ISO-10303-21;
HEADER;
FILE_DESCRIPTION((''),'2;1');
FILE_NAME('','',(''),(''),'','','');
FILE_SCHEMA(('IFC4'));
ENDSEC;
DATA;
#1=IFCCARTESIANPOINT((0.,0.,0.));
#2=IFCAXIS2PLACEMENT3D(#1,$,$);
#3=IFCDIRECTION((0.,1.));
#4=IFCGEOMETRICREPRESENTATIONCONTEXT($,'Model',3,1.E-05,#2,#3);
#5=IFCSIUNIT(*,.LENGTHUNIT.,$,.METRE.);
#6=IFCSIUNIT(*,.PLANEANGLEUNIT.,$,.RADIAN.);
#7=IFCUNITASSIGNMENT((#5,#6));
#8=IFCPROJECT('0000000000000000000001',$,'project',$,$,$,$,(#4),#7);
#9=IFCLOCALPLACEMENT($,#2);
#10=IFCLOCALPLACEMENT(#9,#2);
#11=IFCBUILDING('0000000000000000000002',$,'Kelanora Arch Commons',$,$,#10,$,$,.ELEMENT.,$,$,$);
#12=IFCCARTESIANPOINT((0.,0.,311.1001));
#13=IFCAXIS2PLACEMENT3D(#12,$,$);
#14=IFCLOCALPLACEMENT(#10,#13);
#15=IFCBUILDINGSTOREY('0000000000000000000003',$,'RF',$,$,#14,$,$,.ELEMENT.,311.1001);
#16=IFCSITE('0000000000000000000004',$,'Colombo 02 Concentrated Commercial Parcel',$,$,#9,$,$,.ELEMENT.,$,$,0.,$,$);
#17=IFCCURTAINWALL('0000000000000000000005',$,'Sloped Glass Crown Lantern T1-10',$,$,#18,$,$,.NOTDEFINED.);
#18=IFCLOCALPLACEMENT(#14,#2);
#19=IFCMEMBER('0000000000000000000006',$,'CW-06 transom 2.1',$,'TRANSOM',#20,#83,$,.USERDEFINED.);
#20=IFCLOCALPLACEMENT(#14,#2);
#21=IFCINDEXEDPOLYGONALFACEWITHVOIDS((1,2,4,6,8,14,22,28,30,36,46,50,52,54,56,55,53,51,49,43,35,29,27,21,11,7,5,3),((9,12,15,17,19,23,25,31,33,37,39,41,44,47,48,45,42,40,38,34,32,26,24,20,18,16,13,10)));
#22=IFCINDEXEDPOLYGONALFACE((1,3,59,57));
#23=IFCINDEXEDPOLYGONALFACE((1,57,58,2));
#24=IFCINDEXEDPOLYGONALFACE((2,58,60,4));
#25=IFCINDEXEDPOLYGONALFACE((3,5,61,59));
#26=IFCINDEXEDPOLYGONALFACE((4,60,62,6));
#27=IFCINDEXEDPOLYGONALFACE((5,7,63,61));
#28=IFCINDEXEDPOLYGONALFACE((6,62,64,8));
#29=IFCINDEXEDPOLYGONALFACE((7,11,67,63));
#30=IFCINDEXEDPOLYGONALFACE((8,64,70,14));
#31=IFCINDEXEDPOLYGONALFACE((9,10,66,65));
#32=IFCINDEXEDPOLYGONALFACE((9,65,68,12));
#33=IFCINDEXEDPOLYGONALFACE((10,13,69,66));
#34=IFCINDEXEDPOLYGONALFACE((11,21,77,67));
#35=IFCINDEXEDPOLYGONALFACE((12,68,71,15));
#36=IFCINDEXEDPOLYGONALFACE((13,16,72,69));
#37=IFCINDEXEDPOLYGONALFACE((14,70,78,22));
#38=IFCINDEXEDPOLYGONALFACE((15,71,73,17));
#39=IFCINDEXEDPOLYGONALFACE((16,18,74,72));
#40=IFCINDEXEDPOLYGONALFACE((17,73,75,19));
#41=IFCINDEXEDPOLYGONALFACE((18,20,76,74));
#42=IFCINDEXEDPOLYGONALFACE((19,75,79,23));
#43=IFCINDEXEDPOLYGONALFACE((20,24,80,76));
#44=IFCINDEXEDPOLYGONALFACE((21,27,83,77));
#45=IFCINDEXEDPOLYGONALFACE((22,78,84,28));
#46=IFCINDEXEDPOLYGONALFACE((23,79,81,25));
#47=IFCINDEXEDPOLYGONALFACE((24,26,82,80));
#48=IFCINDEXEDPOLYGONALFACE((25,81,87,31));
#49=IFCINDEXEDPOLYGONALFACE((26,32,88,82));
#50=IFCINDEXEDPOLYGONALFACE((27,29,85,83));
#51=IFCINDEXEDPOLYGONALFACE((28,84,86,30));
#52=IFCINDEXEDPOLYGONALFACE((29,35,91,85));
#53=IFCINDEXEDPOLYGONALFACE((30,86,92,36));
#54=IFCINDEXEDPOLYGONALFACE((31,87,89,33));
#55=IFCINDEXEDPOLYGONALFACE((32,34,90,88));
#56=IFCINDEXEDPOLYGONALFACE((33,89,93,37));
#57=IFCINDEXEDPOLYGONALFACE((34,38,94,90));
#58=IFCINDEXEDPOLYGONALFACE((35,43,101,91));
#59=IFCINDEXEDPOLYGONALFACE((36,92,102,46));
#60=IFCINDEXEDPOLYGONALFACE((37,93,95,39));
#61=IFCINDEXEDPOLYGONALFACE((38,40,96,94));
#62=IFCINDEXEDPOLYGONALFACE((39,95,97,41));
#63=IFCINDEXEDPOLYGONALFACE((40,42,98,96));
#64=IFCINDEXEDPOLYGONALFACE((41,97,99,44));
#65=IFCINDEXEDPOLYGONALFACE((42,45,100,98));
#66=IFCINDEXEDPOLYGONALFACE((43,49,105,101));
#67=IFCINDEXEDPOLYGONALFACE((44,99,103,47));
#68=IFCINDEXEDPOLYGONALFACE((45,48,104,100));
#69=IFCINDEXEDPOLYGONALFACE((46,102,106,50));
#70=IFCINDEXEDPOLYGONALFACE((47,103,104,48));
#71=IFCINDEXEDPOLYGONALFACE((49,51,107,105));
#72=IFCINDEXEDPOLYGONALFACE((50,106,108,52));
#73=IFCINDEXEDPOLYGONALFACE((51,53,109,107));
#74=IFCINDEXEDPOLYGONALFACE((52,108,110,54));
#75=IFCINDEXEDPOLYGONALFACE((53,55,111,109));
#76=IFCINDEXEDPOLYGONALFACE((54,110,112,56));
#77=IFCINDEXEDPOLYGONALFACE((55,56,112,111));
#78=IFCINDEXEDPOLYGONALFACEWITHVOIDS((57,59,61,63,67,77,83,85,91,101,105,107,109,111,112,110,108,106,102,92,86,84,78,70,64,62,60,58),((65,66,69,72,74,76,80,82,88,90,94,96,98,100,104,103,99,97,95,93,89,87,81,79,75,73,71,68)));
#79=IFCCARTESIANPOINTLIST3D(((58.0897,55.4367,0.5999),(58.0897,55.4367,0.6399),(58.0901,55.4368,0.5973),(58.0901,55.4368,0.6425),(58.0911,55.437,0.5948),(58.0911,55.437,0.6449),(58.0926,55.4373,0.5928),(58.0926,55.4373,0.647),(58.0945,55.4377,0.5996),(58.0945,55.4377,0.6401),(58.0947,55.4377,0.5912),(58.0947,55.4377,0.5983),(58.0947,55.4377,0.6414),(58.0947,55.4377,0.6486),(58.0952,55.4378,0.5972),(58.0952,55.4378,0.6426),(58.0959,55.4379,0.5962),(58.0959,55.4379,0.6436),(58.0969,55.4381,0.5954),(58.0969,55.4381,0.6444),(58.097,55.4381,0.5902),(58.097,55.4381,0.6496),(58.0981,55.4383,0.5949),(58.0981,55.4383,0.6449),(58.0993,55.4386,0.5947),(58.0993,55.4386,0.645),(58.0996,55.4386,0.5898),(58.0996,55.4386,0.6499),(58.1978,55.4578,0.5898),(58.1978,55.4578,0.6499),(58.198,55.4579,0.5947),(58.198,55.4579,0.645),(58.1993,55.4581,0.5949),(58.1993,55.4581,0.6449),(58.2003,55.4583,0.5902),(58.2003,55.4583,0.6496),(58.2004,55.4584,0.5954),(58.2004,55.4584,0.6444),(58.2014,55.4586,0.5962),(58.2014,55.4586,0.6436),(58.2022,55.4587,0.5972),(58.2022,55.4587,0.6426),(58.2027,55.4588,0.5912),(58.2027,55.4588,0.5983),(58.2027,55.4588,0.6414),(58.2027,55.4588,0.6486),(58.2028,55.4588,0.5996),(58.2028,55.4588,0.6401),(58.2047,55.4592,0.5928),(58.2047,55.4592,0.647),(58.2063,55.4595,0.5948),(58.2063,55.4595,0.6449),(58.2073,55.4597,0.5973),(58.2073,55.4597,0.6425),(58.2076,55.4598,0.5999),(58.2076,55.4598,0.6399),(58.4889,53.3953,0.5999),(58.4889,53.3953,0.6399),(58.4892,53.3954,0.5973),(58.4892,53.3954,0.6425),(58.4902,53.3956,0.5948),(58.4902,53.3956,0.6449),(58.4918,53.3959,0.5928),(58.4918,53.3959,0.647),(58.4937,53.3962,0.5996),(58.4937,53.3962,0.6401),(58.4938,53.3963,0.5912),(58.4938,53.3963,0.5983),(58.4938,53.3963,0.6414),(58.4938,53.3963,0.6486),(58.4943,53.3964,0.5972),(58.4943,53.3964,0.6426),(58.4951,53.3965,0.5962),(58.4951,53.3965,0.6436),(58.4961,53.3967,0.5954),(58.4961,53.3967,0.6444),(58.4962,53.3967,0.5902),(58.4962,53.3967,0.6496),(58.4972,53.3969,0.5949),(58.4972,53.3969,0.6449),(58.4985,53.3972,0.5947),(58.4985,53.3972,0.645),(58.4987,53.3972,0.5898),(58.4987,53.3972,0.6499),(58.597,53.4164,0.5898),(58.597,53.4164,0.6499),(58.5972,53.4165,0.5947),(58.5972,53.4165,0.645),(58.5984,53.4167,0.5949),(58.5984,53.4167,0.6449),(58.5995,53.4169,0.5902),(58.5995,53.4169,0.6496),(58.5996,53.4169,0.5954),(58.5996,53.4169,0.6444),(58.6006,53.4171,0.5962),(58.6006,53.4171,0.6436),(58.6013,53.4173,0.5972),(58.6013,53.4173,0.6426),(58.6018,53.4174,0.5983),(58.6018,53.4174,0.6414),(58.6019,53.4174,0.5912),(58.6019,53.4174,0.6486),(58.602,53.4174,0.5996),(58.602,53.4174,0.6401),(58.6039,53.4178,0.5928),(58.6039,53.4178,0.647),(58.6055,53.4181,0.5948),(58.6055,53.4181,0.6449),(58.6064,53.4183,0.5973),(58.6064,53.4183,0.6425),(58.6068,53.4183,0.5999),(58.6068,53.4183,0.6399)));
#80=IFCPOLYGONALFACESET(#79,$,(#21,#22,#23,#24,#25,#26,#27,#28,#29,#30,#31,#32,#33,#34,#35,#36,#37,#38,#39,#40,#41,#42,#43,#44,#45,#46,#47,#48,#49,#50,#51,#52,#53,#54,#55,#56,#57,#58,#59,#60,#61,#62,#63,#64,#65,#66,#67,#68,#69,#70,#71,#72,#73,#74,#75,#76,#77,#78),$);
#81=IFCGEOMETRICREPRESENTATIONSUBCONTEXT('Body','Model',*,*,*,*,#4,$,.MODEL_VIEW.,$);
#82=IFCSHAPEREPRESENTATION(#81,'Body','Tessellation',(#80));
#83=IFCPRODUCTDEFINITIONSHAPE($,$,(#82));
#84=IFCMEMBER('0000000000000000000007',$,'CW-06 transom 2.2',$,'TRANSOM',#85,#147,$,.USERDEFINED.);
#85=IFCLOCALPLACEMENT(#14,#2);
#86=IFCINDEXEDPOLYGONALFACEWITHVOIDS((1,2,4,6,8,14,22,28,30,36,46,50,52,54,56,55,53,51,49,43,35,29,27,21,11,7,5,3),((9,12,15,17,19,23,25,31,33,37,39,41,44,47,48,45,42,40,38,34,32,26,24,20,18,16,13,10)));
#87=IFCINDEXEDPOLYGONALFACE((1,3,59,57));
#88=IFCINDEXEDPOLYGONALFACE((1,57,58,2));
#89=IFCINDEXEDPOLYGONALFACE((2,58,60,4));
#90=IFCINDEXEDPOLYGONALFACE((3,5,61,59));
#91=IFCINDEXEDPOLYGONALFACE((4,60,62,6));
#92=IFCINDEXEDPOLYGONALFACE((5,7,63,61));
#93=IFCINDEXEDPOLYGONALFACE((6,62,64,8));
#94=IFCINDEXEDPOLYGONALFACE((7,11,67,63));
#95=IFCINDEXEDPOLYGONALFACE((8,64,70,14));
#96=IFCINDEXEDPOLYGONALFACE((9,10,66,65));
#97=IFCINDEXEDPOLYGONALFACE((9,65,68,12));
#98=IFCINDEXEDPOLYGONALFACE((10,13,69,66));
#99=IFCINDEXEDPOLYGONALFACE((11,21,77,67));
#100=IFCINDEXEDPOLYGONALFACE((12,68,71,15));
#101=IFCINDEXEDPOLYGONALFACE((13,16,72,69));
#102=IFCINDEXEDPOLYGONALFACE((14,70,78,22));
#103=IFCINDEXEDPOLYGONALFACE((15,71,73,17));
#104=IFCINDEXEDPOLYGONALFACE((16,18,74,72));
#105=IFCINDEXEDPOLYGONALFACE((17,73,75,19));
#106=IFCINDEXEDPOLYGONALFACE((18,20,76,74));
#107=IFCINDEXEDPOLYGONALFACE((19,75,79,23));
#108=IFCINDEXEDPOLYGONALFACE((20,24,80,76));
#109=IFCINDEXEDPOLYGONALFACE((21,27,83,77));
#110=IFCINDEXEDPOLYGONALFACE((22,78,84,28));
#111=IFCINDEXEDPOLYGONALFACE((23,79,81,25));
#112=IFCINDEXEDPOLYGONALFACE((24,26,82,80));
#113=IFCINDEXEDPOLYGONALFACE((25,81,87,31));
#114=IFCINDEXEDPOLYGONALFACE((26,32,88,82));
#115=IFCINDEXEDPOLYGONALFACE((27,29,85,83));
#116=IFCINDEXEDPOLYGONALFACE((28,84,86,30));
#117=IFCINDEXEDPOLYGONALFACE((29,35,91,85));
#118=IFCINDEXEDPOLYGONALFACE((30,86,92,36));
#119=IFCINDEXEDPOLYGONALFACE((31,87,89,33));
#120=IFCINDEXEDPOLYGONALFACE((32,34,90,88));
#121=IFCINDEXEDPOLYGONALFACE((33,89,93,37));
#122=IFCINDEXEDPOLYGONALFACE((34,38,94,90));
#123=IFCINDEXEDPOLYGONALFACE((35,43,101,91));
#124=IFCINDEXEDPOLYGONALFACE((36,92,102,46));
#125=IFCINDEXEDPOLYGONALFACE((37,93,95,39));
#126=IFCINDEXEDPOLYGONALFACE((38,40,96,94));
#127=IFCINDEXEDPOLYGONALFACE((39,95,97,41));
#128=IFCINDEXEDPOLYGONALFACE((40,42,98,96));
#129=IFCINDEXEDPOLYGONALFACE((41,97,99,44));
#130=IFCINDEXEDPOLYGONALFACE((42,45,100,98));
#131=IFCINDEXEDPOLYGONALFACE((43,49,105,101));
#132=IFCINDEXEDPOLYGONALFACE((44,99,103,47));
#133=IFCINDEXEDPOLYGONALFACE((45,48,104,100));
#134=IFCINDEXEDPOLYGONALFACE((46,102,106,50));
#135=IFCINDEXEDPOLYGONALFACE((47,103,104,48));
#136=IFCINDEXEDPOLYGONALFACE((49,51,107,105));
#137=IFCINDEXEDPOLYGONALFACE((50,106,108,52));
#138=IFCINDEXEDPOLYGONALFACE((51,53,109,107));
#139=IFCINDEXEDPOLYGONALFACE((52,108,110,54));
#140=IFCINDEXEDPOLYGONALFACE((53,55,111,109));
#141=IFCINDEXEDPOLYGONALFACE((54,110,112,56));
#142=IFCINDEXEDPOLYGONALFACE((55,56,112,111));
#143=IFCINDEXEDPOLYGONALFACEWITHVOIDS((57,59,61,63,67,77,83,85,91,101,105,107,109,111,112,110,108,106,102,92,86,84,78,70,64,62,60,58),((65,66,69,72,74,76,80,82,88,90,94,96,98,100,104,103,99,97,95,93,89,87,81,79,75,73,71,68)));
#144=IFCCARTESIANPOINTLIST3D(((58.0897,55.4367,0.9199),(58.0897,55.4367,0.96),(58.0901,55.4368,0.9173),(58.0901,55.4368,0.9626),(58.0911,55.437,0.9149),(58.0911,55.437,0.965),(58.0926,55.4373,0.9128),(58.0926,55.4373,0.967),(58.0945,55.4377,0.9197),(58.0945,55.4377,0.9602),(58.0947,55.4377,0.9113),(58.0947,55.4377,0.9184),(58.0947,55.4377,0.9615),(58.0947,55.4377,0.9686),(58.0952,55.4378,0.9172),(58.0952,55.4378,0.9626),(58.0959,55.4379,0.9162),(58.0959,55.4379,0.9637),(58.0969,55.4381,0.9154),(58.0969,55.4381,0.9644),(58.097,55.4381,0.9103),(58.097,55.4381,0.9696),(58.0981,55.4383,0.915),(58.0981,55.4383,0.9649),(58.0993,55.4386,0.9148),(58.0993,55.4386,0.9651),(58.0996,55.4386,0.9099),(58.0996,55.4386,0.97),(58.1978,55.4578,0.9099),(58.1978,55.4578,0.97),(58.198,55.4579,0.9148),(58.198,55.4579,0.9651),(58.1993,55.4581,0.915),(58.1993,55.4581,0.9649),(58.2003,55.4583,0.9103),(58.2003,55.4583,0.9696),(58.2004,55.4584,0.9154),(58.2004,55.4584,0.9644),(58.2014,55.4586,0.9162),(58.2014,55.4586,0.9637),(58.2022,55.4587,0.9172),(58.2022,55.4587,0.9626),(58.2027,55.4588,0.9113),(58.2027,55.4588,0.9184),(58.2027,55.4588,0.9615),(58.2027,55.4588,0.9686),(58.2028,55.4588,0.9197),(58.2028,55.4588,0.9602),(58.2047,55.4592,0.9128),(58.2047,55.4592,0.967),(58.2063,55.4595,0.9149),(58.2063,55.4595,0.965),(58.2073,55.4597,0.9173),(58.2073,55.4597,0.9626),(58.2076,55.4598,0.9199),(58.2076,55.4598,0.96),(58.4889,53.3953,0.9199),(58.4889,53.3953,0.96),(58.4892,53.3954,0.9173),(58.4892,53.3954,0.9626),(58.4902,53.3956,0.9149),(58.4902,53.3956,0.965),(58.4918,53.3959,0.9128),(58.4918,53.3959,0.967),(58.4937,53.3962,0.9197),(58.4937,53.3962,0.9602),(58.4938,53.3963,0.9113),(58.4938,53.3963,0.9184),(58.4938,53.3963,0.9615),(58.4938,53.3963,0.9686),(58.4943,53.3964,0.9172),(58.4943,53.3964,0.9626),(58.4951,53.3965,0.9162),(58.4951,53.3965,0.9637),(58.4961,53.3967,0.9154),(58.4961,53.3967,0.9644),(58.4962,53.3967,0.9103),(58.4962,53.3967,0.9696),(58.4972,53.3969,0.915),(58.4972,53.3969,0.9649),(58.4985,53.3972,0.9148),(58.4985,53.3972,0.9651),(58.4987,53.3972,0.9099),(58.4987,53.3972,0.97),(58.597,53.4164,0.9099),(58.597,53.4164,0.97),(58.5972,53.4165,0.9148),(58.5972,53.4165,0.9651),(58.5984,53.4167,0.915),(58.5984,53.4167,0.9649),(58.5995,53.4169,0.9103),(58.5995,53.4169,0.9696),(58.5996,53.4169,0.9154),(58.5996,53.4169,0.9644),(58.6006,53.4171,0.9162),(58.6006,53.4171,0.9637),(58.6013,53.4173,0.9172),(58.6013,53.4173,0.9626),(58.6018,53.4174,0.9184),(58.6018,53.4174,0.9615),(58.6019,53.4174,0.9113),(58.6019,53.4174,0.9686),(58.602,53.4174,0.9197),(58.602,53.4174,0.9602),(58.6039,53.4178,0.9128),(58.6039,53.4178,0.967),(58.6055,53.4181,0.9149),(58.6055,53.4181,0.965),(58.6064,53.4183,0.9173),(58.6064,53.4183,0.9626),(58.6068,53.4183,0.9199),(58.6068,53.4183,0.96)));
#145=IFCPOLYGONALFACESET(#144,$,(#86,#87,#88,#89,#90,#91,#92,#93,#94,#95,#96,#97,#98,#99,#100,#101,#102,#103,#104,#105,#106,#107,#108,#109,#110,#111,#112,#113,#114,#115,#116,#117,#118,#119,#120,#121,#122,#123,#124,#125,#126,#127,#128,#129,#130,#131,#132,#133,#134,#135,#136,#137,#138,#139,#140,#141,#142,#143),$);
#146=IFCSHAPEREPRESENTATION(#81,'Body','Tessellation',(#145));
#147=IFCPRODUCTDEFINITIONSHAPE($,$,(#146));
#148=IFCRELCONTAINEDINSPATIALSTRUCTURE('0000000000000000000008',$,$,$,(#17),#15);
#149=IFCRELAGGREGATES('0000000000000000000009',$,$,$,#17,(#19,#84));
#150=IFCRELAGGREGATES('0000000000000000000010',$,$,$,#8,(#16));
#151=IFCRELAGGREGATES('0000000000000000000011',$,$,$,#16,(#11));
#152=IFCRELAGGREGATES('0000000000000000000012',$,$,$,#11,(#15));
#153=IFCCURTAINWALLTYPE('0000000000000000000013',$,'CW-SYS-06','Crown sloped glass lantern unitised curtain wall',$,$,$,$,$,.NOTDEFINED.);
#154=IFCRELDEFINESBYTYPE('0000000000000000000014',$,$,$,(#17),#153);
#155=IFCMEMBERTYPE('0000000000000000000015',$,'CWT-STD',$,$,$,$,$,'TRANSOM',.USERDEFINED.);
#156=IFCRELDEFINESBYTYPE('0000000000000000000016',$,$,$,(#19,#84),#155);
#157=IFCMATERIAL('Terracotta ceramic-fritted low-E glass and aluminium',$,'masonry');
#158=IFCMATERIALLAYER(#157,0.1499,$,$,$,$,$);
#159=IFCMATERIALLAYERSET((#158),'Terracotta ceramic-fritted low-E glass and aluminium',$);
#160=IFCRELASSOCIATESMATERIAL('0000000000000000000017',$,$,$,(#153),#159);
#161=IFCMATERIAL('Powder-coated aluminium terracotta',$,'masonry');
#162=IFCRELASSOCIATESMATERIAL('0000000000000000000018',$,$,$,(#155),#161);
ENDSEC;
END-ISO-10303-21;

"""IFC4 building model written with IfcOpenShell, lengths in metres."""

from ifc_helpers import new_model, si_unit, direction, frame, origin, origin_2d, place, context, subcontext, project, spatial, hollow_rectangle, extrude, material, layer, layer_set, material_profile, profile_set, type_object, element, aggregate, save


model = new_model("IFC4")

# Units and contexts
model_context = context("Model", 3, precision=1e-05, world=origin(), true_north=direction((0.0, 1.0)))
body_context = subcontext(model_context, "Body", "Model", "MODEL_VIEW")
ifc_project = project(units=[si_unit("LENGTHUNIT", "METRE"), si_unit("PLANEANGLEUNIT", "RADIAN")], contexts=[model_context])

# Site, building, storey
site_placement = place(None, origin())
site = spatial("IfcSite", under=ifc_project, at=site_placement, Name="Colombo 02 Concentrated Commercial Parcel", CompositionType="ELEMENT", RefElevation=0.0)
building_placement = place(site_placement, origin())
building = spatial("IfcBuilding", under=site, at=building_placement, Name="Kelanora Arch Commons", CompositionType="ELEMENT")
storey_placement = place(building_placement, frame((0.0, 0.0, 311.1001)))
storey = spatial("IfcBuildingStorey", under=building, at=storey_placement, Name="RF", CompositionType="ELEMENT", Elevation=311.1001)

# Curtain wall, members
ifc_material_1 = material(Name="Terracotta ceramic-fritted low-E glass and aluminium", Category="masonry")
ifc_layer_1 = layer(ifc_material_1, 0.1499)
ifc_layer_set_1 = layer_set([ifc_layer_1], Name="Terracotta ceramic-fritted low-E glass and aluminium")
curtain_wall_type = type_object("IfcCurtainWallType", Name="CW-SYS-06", Description="Crown sloped glass lantern unitised curtain wall", PredefinedType="NOTDEFINED", material=ifc_layer_set_1)
curtain_wall_placement = place(storey_placement, origin())
curtain_wall = element("IfcCurtainWall", 1, at=curtain_wall_placement, inside=storey, type_object=curtain_wall_type, Name="Sloped Glass Crown Lantern T1-10", PredefinedType="NOTDEFINED")
ifc_material_2 = material(Name="Powder-coated aluminium terracotta", Category="masonry")
ifc_material_profile_1 = material_profile(ifc_material_2, hollow_rectangle(XDim=0.1201, YDim=0.0601, WallThickness=0.0049, InnerFilletRadius=0.0049, OuterFilletRadius=0.01, at=origin_2d()), Name="CWT120x60")
ifc_profile_set_1 = profile_set([ifc_material_profile_1], Name="Powder-coated aluminium terracotta")
member_type_1 = type_object("IfcMemberType", Name="CWT-STD", ElementType="TRANSOM", PredefinedType="USERDEFINED", material=ifc_profile_set_1)
member_1_placement = place(storey_placement, frame((58.1487, 55.4482, 0.6199), z_axis=(0.191894, -0.981416, 0.0), x_axis=(0.981416, 0.191894, 0.0)))
member_1 = element("IfcMember", 2, at=member_1_placement, type_object=member_type_1, Name="CW-06 transom 2.1", ObjectType="TRANSOM", PredefinedType="USERDEFINED", context=body_context, shape_type="SweptSolid", body=[
    extrude(hollow_rectangle(XDim=0.1201, YDim=0.0601, WallThickness=0.0049, InnerFilletRadius=0.0049, OuterFilletRadius=0.01, at=origin_2d()), origin(), (0.0, 0.0, 1.0), 2.0801),
])
member_2_placement = place(storey_placement, frame((58.1487, 55.4482, 0.9399), z_axis=(0.191894, -0.981416, 0.0), x_axis=(0.981416, 0.191894, 0.0)))
member_2 = element("IfcMember", 3, at=member_2_placement, type_object=member_type_1, Name="CW-06 transom 2.2", ObjectType="TRANSOM", PredefinedType="USERDEFINED", context=body_context, shape_type="SweptSolid", body=[
    extrude(hollow_rectangle(XDim=0.1201, YDim=0.0601, WallThickness=0.0049, InnerFilletRadius=0.0049, OuterFilletRadius=0.01, at=origin_2d()), origin(), (0.0, 0.0, 1.0), 2.0801),
])
aggregate(curtain_wall, [member_1, member_2])

save(model, "model.ifc")
